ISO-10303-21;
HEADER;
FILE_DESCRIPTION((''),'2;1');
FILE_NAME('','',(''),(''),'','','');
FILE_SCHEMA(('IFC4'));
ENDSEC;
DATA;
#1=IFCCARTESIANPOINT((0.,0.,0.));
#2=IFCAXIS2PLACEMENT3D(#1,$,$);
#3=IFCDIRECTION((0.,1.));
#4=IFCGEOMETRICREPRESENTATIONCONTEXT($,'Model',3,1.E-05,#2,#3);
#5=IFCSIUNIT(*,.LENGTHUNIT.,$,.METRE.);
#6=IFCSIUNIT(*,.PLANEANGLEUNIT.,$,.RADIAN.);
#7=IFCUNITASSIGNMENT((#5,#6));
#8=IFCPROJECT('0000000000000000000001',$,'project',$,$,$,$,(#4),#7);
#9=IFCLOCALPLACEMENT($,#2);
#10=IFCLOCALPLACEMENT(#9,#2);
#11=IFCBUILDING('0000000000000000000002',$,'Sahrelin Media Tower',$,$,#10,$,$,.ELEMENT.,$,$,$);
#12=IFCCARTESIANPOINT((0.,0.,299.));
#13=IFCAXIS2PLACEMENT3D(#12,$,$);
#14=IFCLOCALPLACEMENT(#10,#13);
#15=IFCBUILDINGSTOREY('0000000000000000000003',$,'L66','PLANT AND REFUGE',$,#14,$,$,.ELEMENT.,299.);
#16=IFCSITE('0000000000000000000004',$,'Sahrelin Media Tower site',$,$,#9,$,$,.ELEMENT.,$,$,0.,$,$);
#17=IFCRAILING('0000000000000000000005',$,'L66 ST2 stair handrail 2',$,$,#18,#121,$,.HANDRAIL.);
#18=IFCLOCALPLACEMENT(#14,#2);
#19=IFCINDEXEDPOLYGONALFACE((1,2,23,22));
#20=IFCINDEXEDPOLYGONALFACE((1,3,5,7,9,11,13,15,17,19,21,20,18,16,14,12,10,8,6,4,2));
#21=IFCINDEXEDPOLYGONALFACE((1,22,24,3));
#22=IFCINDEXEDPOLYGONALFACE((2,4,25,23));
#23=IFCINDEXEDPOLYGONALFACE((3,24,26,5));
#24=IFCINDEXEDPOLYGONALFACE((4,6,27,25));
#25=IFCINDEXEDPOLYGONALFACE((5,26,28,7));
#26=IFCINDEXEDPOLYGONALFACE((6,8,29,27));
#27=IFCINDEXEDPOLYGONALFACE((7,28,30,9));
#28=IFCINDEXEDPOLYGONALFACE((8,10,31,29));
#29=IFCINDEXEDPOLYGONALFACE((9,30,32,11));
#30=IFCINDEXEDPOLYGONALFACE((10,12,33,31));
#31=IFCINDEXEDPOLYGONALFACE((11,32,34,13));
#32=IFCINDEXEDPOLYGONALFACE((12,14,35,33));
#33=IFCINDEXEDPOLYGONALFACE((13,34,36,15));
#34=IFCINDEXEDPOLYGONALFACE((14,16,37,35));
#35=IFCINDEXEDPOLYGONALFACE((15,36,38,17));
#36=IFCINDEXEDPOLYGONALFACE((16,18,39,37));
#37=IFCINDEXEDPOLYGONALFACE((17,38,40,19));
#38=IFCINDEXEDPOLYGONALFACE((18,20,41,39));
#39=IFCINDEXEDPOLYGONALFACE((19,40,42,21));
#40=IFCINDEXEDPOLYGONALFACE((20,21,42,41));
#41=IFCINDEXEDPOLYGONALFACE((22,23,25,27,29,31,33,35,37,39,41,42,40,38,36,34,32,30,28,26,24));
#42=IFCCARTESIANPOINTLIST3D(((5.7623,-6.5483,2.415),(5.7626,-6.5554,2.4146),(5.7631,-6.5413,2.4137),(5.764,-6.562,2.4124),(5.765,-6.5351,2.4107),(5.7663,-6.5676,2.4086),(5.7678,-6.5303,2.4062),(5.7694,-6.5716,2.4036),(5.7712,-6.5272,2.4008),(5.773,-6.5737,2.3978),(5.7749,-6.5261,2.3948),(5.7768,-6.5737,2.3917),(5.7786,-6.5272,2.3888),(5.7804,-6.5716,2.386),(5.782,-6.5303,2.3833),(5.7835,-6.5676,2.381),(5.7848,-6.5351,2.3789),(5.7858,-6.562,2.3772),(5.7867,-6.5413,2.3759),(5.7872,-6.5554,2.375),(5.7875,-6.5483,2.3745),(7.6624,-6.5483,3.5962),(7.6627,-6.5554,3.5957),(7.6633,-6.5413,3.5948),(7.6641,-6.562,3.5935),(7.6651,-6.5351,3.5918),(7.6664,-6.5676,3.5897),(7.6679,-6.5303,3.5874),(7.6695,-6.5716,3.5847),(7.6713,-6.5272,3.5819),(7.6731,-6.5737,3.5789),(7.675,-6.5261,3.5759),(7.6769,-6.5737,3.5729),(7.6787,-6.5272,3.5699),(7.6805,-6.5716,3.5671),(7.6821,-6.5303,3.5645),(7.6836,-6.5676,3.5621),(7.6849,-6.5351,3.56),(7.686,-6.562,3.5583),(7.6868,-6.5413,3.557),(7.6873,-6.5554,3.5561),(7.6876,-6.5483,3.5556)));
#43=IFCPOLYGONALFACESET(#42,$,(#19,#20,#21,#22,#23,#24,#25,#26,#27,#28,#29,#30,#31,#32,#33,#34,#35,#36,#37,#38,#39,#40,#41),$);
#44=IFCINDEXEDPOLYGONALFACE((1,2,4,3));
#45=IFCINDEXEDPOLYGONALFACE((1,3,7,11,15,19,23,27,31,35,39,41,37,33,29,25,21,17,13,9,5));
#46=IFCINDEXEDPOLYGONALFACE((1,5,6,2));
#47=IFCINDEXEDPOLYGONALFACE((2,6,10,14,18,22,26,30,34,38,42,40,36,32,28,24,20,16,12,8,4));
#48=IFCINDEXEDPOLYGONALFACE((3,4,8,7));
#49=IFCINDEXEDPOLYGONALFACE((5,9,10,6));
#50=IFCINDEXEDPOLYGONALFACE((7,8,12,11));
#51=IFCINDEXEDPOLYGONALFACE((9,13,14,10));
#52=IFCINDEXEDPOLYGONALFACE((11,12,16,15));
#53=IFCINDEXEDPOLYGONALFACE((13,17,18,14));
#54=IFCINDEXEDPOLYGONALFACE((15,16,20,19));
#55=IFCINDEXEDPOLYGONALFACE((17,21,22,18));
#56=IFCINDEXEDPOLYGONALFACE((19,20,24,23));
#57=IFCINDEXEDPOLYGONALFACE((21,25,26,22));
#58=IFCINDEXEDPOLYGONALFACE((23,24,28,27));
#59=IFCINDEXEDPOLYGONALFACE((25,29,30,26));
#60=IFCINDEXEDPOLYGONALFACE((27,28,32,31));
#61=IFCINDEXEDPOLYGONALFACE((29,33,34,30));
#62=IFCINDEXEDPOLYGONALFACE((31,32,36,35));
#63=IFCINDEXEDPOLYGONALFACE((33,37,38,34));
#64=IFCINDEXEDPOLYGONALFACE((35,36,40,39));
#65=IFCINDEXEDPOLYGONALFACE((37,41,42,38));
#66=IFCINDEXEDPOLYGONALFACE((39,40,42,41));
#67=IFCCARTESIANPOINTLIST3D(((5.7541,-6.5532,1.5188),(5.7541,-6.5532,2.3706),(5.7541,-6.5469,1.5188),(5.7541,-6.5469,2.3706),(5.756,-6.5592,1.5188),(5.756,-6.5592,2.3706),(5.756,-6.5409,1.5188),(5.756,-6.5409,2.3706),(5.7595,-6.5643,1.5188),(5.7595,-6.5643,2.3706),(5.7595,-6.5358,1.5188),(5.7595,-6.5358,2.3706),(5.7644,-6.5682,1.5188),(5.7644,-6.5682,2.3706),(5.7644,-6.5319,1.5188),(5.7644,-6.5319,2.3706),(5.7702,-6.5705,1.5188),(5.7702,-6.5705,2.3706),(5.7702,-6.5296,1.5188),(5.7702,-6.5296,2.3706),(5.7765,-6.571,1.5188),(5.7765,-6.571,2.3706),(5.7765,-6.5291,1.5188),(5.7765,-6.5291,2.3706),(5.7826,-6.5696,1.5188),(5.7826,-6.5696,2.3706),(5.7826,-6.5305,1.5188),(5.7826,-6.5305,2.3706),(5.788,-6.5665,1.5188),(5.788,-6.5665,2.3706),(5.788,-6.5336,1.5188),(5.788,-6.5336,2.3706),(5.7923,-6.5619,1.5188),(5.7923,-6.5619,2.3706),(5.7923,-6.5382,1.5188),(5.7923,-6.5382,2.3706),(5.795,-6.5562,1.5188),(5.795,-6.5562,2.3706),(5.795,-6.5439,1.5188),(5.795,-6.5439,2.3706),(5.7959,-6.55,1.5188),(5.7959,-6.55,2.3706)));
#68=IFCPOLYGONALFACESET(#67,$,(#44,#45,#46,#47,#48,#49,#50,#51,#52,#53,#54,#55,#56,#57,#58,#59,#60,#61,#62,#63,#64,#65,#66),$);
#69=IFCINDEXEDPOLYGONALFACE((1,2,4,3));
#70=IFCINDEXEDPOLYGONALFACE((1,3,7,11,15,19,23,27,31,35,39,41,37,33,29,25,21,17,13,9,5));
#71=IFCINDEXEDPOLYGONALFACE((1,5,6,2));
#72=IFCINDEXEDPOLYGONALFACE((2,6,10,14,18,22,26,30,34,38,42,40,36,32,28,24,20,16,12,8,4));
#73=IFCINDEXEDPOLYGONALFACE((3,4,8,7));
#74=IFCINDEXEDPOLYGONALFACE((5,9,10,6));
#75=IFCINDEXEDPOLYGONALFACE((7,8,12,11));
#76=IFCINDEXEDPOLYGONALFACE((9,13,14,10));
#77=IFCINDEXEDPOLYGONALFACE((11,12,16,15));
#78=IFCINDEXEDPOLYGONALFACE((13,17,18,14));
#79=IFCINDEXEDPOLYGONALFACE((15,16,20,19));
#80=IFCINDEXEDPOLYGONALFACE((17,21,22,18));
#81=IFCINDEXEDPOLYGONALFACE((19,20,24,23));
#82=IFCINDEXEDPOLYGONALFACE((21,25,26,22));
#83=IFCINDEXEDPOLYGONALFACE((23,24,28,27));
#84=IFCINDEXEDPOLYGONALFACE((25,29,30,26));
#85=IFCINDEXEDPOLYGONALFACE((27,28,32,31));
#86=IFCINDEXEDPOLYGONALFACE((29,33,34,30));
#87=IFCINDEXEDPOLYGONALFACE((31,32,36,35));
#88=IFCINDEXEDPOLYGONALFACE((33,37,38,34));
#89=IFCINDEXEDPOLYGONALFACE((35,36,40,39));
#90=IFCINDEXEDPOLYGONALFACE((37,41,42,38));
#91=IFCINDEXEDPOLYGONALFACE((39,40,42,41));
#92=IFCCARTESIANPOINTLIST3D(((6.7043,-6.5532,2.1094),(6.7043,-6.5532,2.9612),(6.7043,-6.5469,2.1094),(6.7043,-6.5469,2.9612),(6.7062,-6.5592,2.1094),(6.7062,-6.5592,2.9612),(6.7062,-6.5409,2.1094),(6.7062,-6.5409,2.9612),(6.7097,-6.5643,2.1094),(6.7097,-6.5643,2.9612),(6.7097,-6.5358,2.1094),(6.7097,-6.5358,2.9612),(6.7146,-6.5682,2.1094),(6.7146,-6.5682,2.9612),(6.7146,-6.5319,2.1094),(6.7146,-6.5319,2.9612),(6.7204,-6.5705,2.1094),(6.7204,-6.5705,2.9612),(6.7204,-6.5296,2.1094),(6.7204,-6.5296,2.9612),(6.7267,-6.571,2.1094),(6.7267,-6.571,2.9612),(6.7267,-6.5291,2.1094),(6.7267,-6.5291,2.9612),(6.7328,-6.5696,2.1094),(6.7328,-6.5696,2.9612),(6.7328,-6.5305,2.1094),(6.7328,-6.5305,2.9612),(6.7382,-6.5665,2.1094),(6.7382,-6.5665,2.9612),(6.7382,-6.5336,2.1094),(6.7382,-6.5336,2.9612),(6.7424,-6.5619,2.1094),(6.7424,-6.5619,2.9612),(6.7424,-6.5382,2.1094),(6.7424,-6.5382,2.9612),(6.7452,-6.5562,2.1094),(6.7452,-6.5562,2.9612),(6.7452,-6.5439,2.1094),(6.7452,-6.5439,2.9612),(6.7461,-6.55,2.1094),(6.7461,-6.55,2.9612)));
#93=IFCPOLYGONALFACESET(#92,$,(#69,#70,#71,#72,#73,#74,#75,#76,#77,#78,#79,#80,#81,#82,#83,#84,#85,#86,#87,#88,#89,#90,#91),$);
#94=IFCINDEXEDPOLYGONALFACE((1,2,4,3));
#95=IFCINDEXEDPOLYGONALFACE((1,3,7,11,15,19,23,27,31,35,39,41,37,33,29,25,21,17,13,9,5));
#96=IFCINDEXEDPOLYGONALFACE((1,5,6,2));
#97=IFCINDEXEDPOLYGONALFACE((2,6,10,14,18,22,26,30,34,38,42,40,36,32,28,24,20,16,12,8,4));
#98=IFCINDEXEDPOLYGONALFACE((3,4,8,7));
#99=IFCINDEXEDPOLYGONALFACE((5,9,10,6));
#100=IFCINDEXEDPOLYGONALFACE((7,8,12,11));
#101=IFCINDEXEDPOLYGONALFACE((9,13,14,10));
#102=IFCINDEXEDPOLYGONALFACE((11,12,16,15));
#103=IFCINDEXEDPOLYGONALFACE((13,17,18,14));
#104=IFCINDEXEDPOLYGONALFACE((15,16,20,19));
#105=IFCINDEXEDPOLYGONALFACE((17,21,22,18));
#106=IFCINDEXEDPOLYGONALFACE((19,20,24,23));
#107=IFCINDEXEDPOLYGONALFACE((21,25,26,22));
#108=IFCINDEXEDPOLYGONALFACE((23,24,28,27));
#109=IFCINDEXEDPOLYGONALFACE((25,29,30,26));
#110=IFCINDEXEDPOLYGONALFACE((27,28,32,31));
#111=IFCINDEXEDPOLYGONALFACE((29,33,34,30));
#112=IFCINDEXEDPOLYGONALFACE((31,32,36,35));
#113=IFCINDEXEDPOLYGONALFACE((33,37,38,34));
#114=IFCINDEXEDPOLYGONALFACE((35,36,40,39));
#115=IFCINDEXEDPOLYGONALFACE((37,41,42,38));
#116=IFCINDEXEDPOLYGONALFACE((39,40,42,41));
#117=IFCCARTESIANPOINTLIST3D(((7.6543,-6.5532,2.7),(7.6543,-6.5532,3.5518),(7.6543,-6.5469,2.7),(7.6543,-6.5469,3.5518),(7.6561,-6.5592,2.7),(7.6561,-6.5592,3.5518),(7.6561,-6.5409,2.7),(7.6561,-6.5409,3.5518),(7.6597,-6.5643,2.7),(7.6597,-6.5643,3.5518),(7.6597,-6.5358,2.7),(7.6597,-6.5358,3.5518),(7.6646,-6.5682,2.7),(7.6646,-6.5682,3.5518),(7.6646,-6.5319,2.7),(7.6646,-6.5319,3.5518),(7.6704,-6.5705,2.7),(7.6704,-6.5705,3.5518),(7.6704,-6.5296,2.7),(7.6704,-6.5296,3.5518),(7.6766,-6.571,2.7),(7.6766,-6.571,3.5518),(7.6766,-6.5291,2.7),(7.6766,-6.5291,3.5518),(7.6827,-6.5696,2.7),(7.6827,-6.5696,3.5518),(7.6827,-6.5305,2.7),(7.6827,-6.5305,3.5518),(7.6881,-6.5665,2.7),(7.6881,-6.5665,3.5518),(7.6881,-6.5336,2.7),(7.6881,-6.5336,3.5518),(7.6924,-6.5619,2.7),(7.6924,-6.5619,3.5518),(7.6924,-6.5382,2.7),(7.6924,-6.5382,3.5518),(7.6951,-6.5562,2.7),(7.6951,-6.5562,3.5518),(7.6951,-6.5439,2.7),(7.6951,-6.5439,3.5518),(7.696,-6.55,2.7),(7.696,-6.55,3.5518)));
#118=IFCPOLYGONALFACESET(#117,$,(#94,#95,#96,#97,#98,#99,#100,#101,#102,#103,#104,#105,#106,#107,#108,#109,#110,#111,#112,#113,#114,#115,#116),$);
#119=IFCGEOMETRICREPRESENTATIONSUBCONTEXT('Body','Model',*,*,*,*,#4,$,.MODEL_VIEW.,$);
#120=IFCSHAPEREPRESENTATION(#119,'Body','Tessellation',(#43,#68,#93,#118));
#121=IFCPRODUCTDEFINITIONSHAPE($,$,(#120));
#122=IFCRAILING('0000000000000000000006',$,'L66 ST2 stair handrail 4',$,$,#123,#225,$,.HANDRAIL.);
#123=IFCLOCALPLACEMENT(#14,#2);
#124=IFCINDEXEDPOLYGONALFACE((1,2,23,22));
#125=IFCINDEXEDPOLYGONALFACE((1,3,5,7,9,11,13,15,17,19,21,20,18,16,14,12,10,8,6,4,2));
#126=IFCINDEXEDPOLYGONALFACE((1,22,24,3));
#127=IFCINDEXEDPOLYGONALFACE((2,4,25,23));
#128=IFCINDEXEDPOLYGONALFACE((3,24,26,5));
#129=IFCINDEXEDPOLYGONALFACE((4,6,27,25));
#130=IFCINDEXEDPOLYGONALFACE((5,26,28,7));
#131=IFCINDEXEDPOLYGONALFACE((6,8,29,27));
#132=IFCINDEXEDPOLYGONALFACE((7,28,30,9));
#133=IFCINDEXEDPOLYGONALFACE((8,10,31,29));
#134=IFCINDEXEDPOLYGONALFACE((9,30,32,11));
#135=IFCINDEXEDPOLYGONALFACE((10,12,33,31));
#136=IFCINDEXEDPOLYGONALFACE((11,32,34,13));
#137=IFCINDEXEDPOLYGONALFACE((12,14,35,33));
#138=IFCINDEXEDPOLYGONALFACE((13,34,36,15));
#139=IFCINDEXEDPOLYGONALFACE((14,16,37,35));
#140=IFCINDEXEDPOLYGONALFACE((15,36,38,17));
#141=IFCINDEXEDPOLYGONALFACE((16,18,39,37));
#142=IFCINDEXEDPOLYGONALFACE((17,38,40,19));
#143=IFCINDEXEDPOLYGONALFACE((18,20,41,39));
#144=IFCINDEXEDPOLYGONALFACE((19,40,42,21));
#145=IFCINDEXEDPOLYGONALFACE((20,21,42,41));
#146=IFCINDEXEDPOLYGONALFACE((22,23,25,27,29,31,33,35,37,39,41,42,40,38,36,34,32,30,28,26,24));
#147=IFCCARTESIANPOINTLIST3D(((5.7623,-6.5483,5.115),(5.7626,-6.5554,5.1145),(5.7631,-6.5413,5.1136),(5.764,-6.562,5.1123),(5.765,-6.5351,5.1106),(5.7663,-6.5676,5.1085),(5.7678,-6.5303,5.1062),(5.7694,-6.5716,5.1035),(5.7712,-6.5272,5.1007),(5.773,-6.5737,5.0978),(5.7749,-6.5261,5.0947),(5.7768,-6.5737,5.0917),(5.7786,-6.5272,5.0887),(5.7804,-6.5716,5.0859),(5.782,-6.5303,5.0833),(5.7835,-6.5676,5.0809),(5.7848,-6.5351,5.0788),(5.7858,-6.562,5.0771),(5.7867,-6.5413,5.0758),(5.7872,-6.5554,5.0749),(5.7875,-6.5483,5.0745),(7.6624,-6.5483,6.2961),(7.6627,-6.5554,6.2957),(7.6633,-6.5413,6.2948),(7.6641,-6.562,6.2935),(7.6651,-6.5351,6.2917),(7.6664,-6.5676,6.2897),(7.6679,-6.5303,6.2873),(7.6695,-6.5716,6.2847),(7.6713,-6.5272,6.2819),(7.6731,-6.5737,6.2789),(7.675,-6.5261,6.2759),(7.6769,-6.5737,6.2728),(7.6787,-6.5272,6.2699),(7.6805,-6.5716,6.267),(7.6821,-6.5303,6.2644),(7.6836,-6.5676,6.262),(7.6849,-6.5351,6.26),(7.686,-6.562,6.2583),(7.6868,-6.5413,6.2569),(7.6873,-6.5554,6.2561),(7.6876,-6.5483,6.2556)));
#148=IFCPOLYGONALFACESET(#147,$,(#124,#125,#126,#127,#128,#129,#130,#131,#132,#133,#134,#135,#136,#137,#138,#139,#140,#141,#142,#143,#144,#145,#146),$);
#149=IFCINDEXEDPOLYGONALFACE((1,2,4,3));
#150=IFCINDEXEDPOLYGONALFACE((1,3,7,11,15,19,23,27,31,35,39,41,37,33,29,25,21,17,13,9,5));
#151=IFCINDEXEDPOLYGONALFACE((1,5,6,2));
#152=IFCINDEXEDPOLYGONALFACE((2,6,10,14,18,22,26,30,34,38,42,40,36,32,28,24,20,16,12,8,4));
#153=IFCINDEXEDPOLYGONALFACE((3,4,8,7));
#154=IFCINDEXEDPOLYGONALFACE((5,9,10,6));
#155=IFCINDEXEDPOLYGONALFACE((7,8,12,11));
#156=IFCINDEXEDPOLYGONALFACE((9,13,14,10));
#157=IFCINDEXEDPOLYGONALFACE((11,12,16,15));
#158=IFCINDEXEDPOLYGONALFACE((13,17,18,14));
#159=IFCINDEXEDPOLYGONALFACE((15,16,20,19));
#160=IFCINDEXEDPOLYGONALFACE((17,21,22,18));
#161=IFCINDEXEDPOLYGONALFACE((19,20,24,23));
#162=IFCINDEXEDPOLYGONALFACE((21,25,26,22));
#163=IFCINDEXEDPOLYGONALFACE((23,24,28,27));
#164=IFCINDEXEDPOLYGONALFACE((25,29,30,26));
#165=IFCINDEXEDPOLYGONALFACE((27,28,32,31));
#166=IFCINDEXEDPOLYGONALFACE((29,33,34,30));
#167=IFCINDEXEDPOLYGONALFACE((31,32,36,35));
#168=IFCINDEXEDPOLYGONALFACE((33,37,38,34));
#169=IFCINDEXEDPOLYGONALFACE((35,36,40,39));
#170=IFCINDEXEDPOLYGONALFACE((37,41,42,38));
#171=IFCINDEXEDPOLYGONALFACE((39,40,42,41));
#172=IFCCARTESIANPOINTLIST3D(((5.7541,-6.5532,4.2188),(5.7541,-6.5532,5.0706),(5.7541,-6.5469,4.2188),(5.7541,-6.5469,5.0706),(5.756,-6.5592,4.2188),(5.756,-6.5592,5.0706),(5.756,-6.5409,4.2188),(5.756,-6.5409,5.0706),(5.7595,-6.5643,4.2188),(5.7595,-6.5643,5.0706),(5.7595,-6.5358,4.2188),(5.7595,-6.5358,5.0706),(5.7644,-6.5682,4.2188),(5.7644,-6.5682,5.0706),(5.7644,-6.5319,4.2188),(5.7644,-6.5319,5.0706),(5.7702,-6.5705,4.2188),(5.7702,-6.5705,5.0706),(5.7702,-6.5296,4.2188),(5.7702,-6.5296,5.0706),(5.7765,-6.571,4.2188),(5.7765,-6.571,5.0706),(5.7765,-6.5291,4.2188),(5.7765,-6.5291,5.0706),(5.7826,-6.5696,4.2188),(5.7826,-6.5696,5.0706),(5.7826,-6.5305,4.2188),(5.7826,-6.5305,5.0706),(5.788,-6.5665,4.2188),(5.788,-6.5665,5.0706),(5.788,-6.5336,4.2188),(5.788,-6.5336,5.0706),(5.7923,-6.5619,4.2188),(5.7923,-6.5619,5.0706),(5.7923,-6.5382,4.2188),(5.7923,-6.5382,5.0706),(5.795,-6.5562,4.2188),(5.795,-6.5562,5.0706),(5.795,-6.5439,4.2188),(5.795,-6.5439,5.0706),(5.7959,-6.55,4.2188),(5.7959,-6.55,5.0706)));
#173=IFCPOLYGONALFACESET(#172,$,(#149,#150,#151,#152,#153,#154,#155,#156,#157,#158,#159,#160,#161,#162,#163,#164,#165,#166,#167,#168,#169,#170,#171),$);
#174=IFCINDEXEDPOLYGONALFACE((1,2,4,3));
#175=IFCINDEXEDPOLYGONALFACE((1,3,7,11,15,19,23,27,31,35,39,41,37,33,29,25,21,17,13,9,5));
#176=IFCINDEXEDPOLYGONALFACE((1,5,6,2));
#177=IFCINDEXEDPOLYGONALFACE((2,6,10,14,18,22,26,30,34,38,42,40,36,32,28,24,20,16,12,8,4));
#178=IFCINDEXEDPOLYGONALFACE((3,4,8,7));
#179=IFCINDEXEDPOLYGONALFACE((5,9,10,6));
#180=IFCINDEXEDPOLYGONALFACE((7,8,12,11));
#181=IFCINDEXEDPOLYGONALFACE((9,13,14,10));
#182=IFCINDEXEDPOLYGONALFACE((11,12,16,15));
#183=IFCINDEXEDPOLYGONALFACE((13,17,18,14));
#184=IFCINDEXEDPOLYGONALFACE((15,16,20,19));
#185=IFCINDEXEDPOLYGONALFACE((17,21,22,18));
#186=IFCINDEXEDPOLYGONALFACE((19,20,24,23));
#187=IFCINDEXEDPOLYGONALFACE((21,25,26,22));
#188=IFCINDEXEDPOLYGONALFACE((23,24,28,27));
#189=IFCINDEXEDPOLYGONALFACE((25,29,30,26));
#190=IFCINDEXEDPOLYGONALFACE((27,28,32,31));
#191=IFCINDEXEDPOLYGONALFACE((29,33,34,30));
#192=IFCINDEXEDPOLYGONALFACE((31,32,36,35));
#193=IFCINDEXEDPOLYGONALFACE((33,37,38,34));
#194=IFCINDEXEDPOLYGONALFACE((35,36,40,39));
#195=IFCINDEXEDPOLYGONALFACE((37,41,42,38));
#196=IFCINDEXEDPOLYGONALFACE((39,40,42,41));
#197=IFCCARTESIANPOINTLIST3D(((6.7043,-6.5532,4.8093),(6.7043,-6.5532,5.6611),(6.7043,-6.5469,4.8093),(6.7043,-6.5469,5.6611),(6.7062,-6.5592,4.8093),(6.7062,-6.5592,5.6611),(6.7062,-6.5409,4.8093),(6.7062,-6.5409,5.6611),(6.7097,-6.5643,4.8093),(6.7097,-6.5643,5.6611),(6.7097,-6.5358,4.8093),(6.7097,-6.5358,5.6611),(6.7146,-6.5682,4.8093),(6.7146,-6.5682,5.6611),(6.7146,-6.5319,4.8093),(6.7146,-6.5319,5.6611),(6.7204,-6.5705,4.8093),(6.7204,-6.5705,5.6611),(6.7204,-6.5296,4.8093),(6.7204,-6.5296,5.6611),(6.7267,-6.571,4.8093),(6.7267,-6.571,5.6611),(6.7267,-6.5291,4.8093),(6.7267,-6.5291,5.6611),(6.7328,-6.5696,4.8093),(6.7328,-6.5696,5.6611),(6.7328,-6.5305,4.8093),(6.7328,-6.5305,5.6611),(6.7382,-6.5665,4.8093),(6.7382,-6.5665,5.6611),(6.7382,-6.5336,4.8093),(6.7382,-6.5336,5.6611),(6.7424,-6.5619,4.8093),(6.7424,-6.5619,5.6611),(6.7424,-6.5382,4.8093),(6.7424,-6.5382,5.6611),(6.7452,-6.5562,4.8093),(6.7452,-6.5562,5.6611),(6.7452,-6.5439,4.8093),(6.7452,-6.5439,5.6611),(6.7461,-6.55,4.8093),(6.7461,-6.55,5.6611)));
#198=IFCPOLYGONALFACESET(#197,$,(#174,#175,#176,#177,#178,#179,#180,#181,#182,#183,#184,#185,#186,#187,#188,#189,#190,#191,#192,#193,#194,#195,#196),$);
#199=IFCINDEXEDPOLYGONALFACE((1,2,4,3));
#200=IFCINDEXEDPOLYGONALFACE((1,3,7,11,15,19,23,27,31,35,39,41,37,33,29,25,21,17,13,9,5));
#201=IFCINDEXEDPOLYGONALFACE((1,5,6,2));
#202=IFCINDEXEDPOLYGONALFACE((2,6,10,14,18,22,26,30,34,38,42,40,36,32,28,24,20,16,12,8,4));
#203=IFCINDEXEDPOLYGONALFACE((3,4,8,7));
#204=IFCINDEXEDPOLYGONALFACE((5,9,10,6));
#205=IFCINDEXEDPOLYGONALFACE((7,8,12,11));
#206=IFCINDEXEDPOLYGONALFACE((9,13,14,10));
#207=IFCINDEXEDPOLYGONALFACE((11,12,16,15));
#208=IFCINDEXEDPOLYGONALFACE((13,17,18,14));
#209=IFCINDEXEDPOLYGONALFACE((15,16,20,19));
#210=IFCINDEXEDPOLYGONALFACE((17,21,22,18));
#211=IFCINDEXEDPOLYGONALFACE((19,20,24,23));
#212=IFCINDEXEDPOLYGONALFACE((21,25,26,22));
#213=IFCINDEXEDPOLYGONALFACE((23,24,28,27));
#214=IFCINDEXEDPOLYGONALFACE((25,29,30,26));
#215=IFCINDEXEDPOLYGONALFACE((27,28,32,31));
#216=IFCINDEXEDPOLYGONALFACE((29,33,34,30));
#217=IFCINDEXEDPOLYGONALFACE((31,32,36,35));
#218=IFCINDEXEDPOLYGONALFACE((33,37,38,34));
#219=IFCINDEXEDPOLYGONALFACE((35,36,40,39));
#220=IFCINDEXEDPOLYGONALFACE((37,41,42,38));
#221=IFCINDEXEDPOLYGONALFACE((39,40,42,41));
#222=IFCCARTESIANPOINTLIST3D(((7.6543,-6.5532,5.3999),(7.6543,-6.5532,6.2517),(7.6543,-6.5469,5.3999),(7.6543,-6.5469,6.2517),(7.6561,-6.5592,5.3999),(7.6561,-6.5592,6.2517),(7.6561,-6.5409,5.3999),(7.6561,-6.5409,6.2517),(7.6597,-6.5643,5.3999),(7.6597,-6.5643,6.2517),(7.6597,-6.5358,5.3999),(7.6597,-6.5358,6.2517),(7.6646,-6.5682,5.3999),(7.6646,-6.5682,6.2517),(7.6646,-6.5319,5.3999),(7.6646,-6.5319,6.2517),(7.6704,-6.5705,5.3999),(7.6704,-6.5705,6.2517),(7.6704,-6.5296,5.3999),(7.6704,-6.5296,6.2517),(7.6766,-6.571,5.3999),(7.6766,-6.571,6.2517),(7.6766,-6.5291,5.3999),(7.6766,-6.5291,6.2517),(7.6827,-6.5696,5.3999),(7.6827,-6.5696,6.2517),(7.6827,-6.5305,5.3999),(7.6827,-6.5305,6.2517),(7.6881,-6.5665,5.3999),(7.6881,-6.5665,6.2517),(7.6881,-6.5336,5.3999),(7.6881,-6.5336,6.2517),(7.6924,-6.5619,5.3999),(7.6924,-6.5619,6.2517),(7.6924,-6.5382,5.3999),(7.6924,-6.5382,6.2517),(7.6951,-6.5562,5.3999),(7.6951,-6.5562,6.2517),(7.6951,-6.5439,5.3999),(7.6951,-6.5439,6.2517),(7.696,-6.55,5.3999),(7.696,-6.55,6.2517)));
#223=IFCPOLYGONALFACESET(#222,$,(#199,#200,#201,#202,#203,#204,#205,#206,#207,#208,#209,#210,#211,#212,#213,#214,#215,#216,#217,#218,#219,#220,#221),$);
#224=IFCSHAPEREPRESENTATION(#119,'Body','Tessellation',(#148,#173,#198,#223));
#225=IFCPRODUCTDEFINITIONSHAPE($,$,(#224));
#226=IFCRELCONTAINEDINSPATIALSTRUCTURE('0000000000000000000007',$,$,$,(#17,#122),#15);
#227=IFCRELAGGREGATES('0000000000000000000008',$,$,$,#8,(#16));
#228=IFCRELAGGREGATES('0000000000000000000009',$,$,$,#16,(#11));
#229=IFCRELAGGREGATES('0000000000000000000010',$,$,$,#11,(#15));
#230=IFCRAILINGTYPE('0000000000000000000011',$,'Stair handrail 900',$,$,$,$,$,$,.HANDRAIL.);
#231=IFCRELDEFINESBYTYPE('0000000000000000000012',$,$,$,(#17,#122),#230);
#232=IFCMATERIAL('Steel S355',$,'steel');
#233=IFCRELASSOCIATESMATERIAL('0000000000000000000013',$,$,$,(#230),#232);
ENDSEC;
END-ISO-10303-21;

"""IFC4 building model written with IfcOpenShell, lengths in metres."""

from ifc_helpers import new_model, si_unit, direction, frame, origin, origin_2d, place, context, subcontext, project, spatial, circle, extrude, material, type_object, element, save


model = new_model("IFC4")

# Units and contexts
model_context = context("Model", 3, precision=1e-05, world=origin(), true_north=direction((0.0, 1.0)))
body_context = subcontext(model_context, "Body", "Model", "MODEL_VIEW")
ifc_project = project(units=[si_unit("LENGTHUNIT", "METRE"), si_unit("PLANEANGLEUNIT", "RADIAN")], contexts=[model_context])

# Site, building, storey
site_placement = place(None, origin())
site = spatial("IfcSite", under=ifc_project, at=site_placement, Name="Sahrelin Media Tower site", CompositionType="ELEMENT", RefElevation=0.0)
building_placement = place(site_placement, origin())
building = spatial("IfcBuilding", under=site, at=building_placement, Name="Sahrelin Media Tower", CompositionType="ELEMENT")
storey_placement = place(building_placement, frame((0.0, 0.0, 299.0)))
storey = spatial("IfcBuildingStorey", under=building, at=storey_placement, Name="L66", Description="PLANT AND REFUGE", CompositionType="ELEMENT", Elevation=299.0)

# Shared definitions
ifc_material_1 = material(Name="Steel S355", Category="steel")

# Railings
railing_type_1 = type_object("IfcRailingType", Name="Stair handrail 900", PredefinedType="HANDRAIL", material=ifc_material_1)
for number, where, name in (
    (1, (5.7749, -6.55, 1.5188), "L66 ST2 stair handrail 2"),
    (2, (5.7749, -6.55, 4.2188), "L66 ST2 stair handrail 4"),
):
    element("IfcRailing", number, at=place(storey_placement, frame(where)), inside=storey, type_object=railing_type_1, Name=name, PredefinedType="HANDRAIL", context=body_context, shape_type="SweptSolid", body=[
        extrude(circle(Radius=0.0239, at=origin_2d()), frame((0.0, 0.0, 0.876), z_axis=(0.849289, 0.0, 0.527928), x_axis=(0.0, 1.0, 0.0)), (0.0, 0.0, 1.0), 2.2373),
        extrude(circle(Radius=0.021, at=origin_2d()), origin(), (0.0, 0.0, 1.0), 0.8518),
        extrude(circle(Radius=0.021, at=origin_2d()), frame((0.9502, 0.0, 0.5906)), (0.0, 0.0, 1.0), 0.8518),
        extrude(circle(Radius=0.021, at=origin_2d()), frame((1.9001, 0.0, 1.1812)), (0.0, 0.0, 1.0), 0.8518),
    ])

save(model, "model.ifc")
